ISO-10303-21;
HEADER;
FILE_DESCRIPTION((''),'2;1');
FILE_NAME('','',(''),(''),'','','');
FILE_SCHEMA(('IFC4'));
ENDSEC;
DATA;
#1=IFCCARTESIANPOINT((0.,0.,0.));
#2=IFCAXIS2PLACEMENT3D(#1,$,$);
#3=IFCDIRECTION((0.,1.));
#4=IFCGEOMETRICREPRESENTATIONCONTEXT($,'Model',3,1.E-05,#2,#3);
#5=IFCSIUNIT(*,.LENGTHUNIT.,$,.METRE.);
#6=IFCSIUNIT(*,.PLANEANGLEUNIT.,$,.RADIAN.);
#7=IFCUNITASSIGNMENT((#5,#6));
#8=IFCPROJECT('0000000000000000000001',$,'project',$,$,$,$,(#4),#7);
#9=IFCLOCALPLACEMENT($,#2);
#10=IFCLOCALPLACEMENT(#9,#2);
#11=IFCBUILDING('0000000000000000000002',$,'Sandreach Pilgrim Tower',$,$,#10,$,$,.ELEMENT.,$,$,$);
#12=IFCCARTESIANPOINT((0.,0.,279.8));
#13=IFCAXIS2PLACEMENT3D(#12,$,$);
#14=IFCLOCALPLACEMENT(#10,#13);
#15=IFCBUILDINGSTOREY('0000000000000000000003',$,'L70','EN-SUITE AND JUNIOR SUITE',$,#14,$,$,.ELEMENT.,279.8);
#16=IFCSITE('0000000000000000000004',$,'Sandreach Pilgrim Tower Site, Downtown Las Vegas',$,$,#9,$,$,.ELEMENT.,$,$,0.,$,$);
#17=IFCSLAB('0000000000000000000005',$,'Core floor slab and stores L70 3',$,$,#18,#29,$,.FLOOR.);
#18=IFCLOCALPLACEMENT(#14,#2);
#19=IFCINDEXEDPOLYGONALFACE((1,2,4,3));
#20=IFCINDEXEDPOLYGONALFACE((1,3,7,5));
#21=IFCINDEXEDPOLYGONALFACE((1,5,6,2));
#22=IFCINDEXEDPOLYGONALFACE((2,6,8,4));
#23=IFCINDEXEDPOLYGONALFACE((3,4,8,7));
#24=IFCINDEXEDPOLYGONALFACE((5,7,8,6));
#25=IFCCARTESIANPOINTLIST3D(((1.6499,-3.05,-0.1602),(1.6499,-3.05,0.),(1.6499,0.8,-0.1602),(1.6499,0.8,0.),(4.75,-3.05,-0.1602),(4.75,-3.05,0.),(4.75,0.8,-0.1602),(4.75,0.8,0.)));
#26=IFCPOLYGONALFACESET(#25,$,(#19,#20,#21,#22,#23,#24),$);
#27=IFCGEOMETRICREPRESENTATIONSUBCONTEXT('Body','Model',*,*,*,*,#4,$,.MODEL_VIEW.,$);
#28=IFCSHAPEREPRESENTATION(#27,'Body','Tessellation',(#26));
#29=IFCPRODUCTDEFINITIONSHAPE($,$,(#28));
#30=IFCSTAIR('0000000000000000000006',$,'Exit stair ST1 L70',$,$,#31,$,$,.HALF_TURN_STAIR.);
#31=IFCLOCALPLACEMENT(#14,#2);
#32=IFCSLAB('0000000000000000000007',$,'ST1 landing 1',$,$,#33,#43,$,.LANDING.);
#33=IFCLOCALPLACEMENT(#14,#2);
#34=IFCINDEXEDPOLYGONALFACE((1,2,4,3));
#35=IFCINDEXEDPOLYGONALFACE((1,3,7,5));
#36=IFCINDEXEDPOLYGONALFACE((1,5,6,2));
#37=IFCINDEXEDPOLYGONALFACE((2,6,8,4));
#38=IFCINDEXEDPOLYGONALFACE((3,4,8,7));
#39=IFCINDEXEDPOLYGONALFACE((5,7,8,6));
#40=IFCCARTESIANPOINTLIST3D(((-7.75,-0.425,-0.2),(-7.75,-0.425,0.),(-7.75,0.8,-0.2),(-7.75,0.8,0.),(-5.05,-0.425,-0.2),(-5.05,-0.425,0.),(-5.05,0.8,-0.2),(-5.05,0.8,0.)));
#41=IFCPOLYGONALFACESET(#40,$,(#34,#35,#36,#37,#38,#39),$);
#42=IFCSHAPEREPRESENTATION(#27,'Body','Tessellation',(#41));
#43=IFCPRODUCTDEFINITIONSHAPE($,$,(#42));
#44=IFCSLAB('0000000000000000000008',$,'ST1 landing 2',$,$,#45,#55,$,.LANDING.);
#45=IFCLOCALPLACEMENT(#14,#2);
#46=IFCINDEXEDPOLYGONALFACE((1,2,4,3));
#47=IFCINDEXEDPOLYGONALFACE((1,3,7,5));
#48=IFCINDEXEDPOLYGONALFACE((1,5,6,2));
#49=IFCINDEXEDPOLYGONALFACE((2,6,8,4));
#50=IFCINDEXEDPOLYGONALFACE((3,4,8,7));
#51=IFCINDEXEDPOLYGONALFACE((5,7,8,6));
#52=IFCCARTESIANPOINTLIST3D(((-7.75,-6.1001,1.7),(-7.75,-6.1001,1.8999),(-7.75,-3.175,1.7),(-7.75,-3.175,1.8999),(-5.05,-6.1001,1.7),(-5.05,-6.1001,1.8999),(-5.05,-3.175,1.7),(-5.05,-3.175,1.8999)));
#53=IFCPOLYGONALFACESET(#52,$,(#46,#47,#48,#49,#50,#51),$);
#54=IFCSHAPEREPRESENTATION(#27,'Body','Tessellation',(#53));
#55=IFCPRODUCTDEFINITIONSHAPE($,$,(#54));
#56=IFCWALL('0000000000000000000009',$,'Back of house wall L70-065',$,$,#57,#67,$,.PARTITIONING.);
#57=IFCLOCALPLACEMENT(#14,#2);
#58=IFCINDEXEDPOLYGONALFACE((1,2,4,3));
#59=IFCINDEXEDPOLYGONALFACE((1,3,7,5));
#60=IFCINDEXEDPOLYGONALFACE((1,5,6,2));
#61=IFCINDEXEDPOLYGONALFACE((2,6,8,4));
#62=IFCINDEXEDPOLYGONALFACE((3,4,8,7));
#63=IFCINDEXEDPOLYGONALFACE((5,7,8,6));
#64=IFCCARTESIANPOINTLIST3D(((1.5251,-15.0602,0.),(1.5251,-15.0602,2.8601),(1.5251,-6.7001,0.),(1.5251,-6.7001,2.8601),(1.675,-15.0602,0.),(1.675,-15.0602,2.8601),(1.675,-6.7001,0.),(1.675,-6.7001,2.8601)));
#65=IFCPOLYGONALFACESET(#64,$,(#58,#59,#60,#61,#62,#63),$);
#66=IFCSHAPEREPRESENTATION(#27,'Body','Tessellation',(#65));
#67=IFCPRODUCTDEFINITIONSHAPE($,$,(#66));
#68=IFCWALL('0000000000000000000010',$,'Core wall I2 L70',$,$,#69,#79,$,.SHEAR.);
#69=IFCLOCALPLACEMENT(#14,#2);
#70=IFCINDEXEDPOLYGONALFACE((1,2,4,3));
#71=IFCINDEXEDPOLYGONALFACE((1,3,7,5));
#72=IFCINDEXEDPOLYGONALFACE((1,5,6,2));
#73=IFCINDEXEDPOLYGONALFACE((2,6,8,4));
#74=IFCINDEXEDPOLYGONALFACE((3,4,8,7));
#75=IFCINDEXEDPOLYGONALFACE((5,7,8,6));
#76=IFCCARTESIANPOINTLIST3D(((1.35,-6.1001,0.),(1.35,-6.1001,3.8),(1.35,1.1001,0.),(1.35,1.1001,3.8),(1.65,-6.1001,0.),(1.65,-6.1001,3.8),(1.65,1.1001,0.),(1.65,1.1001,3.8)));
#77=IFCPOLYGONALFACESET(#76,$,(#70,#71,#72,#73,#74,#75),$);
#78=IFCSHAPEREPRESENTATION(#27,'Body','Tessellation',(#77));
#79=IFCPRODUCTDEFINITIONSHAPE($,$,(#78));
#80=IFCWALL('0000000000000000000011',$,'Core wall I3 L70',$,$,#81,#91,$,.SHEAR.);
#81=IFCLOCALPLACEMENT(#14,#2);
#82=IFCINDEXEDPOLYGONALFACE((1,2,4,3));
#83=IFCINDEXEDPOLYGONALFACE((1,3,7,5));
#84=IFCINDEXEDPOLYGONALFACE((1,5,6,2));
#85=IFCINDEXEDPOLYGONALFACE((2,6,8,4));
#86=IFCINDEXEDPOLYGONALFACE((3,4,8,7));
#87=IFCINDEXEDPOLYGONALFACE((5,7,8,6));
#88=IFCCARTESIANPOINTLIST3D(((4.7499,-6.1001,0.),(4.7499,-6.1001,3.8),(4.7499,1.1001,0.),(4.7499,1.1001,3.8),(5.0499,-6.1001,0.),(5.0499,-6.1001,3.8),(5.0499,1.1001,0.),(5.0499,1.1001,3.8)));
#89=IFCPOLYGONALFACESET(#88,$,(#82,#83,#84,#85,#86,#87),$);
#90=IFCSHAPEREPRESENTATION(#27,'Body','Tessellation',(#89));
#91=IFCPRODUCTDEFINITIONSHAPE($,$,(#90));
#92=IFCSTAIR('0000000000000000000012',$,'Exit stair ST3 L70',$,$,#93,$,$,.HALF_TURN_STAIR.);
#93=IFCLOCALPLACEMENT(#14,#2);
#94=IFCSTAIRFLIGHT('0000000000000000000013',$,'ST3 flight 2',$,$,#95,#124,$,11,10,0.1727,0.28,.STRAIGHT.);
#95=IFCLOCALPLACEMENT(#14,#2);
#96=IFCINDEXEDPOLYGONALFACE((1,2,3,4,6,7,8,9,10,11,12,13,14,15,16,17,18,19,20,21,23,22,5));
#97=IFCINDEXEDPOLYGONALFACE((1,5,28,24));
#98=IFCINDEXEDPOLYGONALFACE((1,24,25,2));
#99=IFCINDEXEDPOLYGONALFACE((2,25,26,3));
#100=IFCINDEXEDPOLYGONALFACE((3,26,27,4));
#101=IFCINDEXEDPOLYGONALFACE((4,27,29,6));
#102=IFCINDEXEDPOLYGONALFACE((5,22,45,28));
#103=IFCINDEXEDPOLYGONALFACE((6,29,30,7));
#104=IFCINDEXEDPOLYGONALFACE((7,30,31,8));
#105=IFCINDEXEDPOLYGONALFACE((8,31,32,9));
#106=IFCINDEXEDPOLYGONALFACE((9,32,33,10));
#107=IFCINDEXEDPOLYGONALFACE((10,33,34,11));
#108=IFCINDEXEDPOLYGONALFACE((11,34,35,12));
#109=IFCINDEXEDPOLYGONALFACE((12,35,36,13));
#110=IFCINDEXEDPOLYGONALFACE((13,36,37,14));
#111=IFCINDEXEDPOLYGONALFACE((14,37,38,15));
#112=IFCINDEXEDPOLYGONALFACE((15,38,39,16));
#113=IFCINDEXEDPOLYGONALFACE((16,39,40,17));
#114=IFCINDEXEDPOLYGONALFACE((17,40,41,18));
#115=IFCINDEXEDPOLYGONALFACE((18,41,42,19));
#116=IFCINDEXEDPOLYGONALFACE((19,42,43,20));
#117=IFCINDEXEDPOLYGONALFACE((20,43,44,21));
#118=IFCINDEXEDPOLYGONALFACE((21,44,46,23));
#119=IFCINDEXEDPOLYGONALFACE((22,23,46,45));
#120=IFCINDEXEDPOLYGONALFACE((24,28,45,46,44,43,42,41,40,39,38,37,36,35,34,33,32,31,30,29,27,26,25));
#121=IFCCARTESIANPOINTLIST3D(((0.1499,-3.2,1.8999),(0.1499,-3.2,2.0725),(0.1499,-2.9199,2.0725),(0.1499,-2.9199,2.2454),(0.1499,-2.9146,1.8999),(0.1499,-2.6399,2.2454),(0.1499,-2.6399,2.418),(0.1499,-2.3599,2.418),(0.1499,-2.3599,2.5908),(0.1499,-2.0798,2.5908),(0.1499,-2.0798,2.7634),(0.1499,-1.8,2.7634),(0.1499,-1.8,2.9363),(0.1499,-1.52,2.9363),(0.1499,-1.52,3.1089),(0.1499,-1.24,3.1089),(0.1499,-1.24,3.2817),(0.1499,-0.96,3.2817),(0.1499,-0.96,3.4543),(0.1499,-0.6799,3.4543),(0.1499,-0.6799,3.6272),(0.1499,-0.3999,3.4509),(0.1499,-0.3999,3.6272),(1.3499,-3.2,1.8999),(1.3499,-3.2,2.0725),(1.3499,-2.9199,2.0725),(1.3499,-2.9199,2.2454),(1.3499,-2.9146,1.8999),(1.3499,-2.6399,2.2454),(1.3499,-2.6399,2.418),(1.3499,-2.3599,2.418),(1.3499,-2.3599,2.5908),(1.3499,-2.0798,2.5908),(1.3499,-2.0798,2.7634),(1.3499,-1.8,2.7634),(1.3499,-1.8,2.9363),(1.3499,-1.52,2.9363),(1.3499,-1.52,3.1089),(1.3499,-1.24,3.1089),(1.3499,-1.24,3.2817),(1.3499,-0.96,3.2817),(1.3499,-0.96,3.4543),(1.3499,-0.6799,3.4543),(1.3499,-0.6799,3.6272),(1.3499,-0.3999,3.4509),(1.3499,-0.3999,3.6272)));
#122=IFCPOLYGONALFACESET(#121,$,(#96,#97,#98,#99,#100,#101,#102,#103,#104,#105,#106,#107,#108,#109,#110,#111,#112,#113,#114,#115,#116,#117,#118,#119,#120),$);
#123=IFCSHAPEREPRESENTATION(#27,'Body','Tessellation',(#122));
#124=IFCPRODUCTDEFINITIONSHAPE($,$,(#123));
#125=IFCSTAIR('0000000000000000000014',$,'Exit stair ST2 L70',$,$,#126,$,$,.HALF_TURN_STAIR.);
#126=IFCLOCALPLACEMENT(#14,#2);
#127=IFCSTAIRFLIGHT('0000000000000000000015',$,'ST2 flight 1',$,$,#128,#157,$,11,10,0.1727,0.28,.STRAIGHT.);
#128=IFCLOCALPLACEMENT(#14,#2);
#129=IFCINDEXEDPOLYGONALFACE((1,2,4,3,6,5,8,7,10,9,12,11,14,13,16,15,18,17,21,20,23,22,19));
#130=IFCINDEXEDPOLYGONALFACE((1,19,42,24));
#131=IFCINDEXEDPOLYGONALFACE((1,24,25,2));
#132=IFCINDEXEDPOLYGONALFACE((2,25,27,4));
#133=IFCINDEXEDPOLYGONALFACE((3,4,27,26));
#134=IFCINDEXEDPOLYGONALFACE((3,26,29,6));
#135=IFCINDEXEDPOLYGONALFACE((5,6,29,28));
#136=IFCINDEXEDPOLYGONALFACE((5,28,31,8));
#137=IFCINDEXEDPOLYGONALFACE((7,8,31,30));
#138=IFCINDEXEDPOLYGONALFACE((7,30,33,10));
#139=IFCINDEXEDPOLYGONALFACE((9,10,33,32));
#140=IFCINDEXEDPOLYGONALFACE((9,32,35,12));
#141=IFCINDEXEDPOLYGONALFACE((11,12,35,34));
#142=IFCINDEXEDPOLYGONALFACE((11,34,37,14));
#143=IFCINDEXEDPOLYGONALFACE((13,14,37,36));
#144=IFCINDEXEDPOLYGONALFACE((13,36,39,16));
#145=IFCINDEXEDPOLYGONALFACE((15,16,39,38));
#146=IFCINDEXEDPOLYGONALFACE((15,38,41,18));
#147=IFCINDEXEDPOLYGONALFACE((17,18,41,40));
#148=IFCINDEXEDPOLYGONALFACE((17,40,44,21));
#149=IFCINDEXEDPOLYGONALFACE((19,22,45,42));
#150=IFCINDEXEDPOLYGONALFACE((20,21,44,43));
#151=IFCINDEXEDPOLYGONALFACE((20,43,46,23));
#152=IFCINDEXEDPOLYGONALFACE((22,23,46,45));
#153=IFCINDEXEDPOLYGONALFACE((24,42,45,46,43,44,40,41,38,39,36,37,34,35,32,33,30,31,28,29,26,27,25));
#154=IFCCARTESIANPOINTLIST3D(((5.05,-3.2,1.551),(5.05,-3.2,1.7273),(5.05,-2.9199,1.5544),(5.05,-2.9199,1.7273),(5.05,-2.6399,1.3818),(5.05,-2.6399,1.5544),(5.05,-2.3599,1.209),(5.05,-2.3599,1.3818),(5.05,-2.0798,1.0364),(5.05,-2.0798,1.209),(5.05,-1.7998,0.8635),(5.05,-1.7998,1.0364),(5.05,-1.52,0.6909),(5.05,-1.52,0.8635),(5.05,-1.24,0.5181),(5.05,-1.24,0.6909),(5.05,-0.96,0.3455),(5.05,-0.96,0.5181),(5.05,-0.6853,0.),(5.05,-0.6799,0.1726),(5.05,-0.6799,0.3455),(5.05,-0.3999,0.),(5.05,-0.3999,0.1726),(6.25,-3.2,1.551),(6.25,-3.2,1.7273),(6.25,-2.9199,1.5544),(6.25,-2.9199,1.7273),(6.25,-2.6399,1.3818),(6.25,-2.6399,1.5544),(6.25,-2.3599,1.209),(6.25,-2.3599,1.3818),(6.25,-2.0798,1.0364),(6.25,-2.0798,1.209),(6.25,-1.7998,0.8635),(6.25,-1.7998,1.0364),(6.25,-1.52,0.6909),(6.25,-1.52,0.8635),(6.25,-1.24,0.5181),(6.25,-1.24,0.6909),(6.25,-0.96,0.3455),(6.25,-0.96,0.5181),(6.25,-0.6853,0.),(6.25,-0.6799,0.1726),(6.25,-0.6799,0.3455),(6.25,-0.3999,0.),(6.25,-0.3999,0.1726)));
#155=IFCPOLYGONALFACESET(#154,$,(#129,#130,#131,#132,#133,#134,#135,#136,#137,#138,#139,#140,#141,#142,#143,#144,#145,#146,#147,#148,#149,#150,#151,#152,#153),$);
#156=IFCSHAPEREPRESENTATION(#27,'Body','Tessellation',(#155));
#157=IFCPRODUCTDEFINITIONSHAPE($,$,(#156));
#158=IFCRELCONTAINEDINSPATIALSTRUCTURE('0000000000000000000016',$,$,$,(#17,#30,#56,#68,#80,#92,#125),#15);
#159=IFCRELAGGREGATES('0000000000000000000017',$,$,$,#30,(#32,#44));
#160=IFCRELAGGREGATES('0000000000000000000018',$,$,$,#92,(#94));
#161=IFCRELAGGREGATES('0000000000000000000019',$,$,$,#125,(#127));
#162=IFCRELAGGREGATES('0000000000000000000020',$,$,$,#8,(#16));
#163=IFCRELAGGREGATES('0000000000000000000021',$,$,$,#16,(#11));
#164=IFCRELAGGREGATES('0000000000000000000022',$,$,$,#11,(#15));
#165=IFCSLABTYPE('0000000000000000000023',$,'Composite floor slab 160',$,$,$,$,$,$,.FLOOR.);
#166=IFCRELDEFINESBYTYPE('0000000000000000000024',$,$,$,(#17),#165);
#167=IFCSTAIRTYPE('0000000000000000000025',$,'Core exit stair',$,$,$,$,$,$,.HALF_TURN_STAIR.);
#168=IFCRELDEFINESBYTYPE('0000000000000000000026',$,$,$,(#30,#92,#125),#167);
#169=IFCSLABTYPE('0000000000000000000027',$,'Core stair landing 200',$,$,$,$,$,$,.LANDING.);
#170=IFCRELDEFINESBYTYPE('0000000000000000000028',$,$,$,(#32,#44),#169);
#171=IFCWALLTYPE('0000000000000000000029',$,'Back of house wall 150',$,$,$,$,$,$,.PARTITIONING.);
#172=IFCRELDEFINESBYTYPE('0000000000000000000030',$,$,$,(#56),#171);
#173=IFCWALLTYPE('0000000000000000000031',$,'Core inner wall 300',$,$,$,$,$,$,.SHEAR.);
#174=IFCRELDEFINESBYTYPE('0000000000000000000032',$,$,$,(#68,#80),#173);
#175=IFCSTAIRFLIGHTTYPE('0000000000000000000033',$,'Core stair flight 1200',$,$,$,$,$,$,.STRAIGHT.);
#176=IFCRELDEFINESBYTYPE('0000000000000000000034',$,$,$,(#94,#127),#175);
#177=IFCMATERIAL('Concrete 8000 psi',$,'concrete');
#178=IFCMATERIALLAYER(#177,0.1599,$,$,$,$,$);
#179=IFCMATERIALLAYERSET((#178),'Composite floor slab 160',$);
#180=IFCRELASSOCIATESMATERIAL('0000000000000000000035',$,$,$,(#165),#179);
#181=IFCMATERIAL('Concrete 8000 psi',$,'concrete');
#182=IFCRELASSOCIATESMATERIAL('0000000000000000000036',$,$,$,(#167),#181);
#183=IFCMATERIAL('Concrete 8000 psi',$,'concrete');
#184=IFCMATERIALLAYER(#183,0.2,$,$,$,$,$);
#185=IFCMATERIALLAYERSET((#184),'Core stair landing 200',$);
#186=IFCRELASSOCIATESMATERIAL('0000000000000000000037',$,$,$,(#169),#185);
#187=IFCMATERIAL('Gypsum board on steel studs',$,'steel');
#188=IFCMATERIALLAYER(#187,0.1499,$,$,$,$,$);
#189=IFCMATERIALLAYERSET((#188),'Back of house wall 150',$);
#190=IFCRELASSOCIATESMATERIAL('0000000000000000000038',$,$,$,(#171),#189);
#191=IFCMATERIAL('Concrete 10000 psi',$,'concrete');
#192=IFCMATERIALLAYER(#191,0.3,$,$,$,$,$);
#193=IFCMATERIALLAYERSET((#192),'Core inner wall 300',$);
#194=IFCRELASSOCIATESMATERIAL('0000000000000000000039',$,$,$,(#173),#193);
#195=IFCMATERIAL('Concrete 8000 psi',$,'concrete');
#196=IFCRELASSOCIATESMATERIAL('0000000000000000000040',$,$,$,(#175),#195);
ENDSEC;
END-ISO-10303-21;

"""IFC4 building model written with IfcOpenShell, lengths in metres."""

from ifc_helpers import new_model, si_unit, direction, frame, frame_2d, origin, place, context, subcontext, project, spatial, polyline, rectangle, outline, extrude, material, layer, layer_set, type_object, element, aggregate, save


model = new_model("IFC4")

# Units and contexts
model_context = context("Model", 3, precision=1e-05, world=origin(), true_north=direction((0.0, 1.0)))
body_context = subcontext(model_context, "Body", "Model", "MODEL_VIEW")
ifc_project = project(units=[si_unit("LENGTHUNIT", "METRE"), si_unit("PLANEANGLEUNIT", "RADIAN")], contexts=[model_context])

# Site, building, storey
site_placement = place(None, origin())
site = spatial("IfcSite", under=ifc_project, at=site_placement, Name="Sandreach Pilgrim Tower Site, Downtown Las Vegas", CompositionType="ELEMENT", RefElevation=0.0)
building_placement = place(site_placement, origin())
building = spatial("IfcBuilding", under=site, at=building_placement, Name="Sandreach Pilgrim Tower", CompositionType="ELEMENT")
storey_placement = place(building_placement, frame((0.0, 0.0, 279.8)))
storey = spatial("IfcBuildingStorey", under=building, at=storey_placement, Name="L70", Description="EN-SUITE AND JUNIOR SUITE", CompositionType="ELEMENT", Elevation=279.8)

# Slab
ifc_material_1 = material(Name="Concrete 8000 psi", Category="concrete")
ifc_layer_1 = layer(ifc_material_1, 0.1599)
ifc_layer_set_1 = layer_set([ifc_layer_1], Name="Composite floor slab 160")
slab_type_1 = type_object("IfcSlabType", Name="Composite floor slab 160", PredefinedType="FLOOR", material=ifc_layer_set_1)
slab_1_placement = place(storey_placement, frame((0.0, 0.0, -0.1602)))
element("IfcSlab", 1, at=slab_1_placement, inside=storey, type_object=slab_type_1, Name="Core floor slab and stores L70 3", PredefinedType="FLOOR", context=body_context, shape_type="SweptSolid", body=[
    extrude(outline(polyline([(4.75, -3.05), (1.6499, -3.05), (1.6499, 0.8), (4.75, 0.8), (4.75, -3.05)])), origin(), (0.0, 0.0, 1.0), 0.1602),
])

# Stair, slabs
ifc_material_2 = material(Name="Concrete 8000 psi", Category="concrete")
stair_type = type_object("IfcStairType", Name="Core exit stair", PredefinedType="HALF_TURN_STAIR", material=ifc_material_2)
stair_1_placement = place(storey_placement, origin())
stair_1 = element("IfcStair", 2, at=stair_1_placement, inside=storey, type_object=stair_type, Name="Exit stair ST1 L70", PredefinedType="HALF_TURN_STAIR")
ifc_material_3 = material(Name="Concrete 8000 psi", Category="concrete")
ifc_layer_2 = layer(ifc_material_3, 0.2)
ifc_layer_set_2 = layer_set([ifc_layer_2], Name="Core stair landing 200")
slab_type_2 = type_object("IfcSlabType", Name="Core stair landing 200", PredefinedType="LANDING", material=ifc_layer_set_2)
slab_2_placement = place(storey_placement, frame((0.0, 0.0, -0.2)))
slab_2 = element("IfcSlab", 3, at=slab_2_placement, type_object=slab_type_2, Name="ST1 landing 1", PredefinedType="LANDING", context=body_context, shape_type="SweptSolid", body=[
    extrude(outline(polyline([(-7.75, -0.425), (-5.05, -0.425), (-5.05, 0.8), (-7.75, 0.8), (-7.75, -0.425)])), origin(), (0.0, 0.0, 1.0), 0.2),
])
slab_3_placement = place(storey_placement, frame((0.0, 0.0, 1.7)))
slab_3 = element("IfcSlab", 4, at=slab_3_placement, type_object=slab_type_2, Name="ST1 landing 2", PredefinedType="LANDING", context=body_context, shape_type="SweptSolid", body=[
    extrude(outline(polyline([(-7.75, -6.1001), (-5.05, -6.1001), (-5.05, -3.175), (-7.75, -3.175), (-7.75, -6.1001)])), origin(), (0.0, 0.0, 1.0), 0.2),
])
aggregate(stair_1, [slab_2, slab_3])

# Walls
ifc_material_4 = material(Name="Gypsum board on steel studs", Category="steel")
ifc_layer_3 = layer(ifc_material_4, 0.1499)
ifc_layer_set_3 = layer_set([ifc_layer_3], Name="Back of house wall 150")
wall_type_1 = type_object("IfcWallType", Name="Back of house wall 150", PredefinedType="PARTITIONING", material=ifc_layer_set_3)
wall_1_placement = place(storey_placement, frame((1.6001, -6.7, 0.0), z_axis=(0.0, 0.0, 1.0), x_axis=(0.0, -1.0, 0.0)))
element("IfcWall", 5, at=wall_1_placement, inside=storey, type_object=wall_type_1, Name="Back of house wall L70-065", PredefinedType="PARTITIONING", context=body_context, shape_type="SweptSolid", body=[
    extrude(rectangle(XDim=8.3601, YDim=0.1499, at=frame_2d((4.1802, 0.0))), origin(), (0.0, 0.0, 1.0), 2.8601),
])
ifc_material_5 = material(Name="Concrete 10000 psi", Category="concrete")
ifc_layer_4 = layer(ifc_material_5, 0.3)
ifc_layer_set_4 = layer_set([ifc_layer_4], Name="Core inner wall 300")
wall_type_2 = type_object("IfcWallType", Name="Core inner wall 300", PredefinedType="SHEAR", material=ifc_layer_set_4)
for number, where, z_axis, x_axis, name in (
    (6, (1.5, -6.1001, 0.0), (0.0, 0.0, 1.0), (0.0, 1.0, 0.0), "Core wall I2 L70"),
    (7, (4.8999, -6.1001, 0.0), (0.0, 0.0, 1.0), (0.0, 1.0, 0.0), "Core wall I3 L70"),
):
    element("IfcWall", number, at=place(storey_placement, frame(where, z_axis=z_axis, x_axis=x_axis)), inside=storey, type_object=wall_type_2, Name=name, PredefinedType="SHEAR", context=body_context, shape_type="SweptSolid", body=[
        extrude(rectangle(XDim=7.2002, YDim=0.3, at=frame_2d((3.6001, 0.0))), origin(), (0.0, 0.0, 1.0), 3.8),
    ])

# Stairs, stair flights
stair_2_placement = place(storey_placement, origin())
stair_2 = element("IfcStair", 8, at=stair_2_placement, inside=storey, type_object=stair_type, Name="Exit stair ST3 L70", PredefinedType="HALF_TURN_STAIR")
ifc_material_6 = material(Name="Concrete 8000 psi", Category="concrete")
stair_flight_type = type_object("IfcStairFlightType", Name="Core stair flight 1200", PredefinedType="STRAIGHT", material=ifc_material_6)
stair_flight_1_placement = place(storey_placement, frame((0.75, -3.2, 1.8999), z_axis=(0.0, 0.0, 1.0), x_axis=(0.0, 1.0, 0.0)))
stair_flight_1 = element("IfcStairFlight", 9, at=stair_flight_1_placement, type_object=stair_flight_type, Name="ST3 flight 2", NumberOfRisers=11, NumberOfTreads=10, PredefinedType="STRAIGHT", RiserHeight=0.1727, TreadLength=0.28, context=body_context, shape_type="SweptSolid", body=[
    extrude(outline(polyline([(0.0, 0.0), (0.0, 0.1726), (0.28, 0.1726), (0.28, 0.3455), (0.5601, 0.3455), (0.5601, 0.5181), (0.8401, 0.5181), (0.8401, 0.6909), (1.1201, 0.6909), (1.1201, 0.8635), (1.3999, 0.8635), (1.3999, 1.0364), (1.6799, 1.0364), (1.6799, 1.209), (1.96, 1.209), (1.96, 1.3818), (2.24, 1.3818), (2.24, 1.5544), (2.52, 1.5544), (2.52, 1.7273), (2.8, 1.7273), (2.8, 1.8999), (2.8, 1.551), (0.2854, 0.0), (0.0, 0.0)])), frame((0.0, 0.6001, 0.0), z_axis=(0.0, -1.0, 0.0), x_axis=(1.0, 0.0, 0.0)), (0.0, 0.0, 1.0), 1.2),
])
aggregate(stair_2, [stair_flight_1])
stair_3_placement = place(storey_placement, origin())
stair_3 = element("IfcStair", 10, at=stair_3_placement, inside=storey, type_object=stair_type, Name="Exit stair ST2 L70", PredefinedType="HALF_TURN_STAIR")
stair_flight_2_placement = place(storey_placement, frame((5.6499, -0.3999, 0.0), z_axis=(0.0, 0.0, 1.0), x_axis=(0.0, -1.0, 0.0)))
stair_flight_2 = element("IfcStairFlight", 11, at=stair_flight_2_placement, type_object=stair_flight_type, Name="ST2 flight 1", NumberOfRisers=11, NumberOfTreads=10, PredefinedType="STRAIGHT", RiserHeight=0.1727, TreadLength=0.28, context=body_context, shape_type="SweptSolid", body=[
    extrude(outline(polyline([(0.0, 0.0), (0.0, 0.1726), (0.28, 0.1726), (0.28, 0.3455), (0.5601, 0.3455), (0.5601, 0.5181), (0.8401, 0.5181), (0.8401, 0.6909), (1.1201, 0.6909), (1.1201, 0.8635), (1.3999, 0.8635), (1.3999, 1.0364), (1.6799, 1.0364), (1.6799, 1.209), (1.96, 1.209), (1.96, 1.3818), (2.24, 1.3818), (2.24, 1.5544), (2.52, 1.5544), (2.52, 1.7273), (2.8, 1.7273), (2.8, 1.8999), (2.8, 1.551), (0.2854, 0.0), (0.0, 0.0)])), frame((0.0, 0.6001, 0.0), z_axis=(0.0, -1.0, 0.0), x_axis=(1.0, 0.0, 0.0)), (0.0, 0.0, 1.0), 1.2),
])
aggregate(stair_3, [stair_flight_2])

save(model, "model.ifc")
